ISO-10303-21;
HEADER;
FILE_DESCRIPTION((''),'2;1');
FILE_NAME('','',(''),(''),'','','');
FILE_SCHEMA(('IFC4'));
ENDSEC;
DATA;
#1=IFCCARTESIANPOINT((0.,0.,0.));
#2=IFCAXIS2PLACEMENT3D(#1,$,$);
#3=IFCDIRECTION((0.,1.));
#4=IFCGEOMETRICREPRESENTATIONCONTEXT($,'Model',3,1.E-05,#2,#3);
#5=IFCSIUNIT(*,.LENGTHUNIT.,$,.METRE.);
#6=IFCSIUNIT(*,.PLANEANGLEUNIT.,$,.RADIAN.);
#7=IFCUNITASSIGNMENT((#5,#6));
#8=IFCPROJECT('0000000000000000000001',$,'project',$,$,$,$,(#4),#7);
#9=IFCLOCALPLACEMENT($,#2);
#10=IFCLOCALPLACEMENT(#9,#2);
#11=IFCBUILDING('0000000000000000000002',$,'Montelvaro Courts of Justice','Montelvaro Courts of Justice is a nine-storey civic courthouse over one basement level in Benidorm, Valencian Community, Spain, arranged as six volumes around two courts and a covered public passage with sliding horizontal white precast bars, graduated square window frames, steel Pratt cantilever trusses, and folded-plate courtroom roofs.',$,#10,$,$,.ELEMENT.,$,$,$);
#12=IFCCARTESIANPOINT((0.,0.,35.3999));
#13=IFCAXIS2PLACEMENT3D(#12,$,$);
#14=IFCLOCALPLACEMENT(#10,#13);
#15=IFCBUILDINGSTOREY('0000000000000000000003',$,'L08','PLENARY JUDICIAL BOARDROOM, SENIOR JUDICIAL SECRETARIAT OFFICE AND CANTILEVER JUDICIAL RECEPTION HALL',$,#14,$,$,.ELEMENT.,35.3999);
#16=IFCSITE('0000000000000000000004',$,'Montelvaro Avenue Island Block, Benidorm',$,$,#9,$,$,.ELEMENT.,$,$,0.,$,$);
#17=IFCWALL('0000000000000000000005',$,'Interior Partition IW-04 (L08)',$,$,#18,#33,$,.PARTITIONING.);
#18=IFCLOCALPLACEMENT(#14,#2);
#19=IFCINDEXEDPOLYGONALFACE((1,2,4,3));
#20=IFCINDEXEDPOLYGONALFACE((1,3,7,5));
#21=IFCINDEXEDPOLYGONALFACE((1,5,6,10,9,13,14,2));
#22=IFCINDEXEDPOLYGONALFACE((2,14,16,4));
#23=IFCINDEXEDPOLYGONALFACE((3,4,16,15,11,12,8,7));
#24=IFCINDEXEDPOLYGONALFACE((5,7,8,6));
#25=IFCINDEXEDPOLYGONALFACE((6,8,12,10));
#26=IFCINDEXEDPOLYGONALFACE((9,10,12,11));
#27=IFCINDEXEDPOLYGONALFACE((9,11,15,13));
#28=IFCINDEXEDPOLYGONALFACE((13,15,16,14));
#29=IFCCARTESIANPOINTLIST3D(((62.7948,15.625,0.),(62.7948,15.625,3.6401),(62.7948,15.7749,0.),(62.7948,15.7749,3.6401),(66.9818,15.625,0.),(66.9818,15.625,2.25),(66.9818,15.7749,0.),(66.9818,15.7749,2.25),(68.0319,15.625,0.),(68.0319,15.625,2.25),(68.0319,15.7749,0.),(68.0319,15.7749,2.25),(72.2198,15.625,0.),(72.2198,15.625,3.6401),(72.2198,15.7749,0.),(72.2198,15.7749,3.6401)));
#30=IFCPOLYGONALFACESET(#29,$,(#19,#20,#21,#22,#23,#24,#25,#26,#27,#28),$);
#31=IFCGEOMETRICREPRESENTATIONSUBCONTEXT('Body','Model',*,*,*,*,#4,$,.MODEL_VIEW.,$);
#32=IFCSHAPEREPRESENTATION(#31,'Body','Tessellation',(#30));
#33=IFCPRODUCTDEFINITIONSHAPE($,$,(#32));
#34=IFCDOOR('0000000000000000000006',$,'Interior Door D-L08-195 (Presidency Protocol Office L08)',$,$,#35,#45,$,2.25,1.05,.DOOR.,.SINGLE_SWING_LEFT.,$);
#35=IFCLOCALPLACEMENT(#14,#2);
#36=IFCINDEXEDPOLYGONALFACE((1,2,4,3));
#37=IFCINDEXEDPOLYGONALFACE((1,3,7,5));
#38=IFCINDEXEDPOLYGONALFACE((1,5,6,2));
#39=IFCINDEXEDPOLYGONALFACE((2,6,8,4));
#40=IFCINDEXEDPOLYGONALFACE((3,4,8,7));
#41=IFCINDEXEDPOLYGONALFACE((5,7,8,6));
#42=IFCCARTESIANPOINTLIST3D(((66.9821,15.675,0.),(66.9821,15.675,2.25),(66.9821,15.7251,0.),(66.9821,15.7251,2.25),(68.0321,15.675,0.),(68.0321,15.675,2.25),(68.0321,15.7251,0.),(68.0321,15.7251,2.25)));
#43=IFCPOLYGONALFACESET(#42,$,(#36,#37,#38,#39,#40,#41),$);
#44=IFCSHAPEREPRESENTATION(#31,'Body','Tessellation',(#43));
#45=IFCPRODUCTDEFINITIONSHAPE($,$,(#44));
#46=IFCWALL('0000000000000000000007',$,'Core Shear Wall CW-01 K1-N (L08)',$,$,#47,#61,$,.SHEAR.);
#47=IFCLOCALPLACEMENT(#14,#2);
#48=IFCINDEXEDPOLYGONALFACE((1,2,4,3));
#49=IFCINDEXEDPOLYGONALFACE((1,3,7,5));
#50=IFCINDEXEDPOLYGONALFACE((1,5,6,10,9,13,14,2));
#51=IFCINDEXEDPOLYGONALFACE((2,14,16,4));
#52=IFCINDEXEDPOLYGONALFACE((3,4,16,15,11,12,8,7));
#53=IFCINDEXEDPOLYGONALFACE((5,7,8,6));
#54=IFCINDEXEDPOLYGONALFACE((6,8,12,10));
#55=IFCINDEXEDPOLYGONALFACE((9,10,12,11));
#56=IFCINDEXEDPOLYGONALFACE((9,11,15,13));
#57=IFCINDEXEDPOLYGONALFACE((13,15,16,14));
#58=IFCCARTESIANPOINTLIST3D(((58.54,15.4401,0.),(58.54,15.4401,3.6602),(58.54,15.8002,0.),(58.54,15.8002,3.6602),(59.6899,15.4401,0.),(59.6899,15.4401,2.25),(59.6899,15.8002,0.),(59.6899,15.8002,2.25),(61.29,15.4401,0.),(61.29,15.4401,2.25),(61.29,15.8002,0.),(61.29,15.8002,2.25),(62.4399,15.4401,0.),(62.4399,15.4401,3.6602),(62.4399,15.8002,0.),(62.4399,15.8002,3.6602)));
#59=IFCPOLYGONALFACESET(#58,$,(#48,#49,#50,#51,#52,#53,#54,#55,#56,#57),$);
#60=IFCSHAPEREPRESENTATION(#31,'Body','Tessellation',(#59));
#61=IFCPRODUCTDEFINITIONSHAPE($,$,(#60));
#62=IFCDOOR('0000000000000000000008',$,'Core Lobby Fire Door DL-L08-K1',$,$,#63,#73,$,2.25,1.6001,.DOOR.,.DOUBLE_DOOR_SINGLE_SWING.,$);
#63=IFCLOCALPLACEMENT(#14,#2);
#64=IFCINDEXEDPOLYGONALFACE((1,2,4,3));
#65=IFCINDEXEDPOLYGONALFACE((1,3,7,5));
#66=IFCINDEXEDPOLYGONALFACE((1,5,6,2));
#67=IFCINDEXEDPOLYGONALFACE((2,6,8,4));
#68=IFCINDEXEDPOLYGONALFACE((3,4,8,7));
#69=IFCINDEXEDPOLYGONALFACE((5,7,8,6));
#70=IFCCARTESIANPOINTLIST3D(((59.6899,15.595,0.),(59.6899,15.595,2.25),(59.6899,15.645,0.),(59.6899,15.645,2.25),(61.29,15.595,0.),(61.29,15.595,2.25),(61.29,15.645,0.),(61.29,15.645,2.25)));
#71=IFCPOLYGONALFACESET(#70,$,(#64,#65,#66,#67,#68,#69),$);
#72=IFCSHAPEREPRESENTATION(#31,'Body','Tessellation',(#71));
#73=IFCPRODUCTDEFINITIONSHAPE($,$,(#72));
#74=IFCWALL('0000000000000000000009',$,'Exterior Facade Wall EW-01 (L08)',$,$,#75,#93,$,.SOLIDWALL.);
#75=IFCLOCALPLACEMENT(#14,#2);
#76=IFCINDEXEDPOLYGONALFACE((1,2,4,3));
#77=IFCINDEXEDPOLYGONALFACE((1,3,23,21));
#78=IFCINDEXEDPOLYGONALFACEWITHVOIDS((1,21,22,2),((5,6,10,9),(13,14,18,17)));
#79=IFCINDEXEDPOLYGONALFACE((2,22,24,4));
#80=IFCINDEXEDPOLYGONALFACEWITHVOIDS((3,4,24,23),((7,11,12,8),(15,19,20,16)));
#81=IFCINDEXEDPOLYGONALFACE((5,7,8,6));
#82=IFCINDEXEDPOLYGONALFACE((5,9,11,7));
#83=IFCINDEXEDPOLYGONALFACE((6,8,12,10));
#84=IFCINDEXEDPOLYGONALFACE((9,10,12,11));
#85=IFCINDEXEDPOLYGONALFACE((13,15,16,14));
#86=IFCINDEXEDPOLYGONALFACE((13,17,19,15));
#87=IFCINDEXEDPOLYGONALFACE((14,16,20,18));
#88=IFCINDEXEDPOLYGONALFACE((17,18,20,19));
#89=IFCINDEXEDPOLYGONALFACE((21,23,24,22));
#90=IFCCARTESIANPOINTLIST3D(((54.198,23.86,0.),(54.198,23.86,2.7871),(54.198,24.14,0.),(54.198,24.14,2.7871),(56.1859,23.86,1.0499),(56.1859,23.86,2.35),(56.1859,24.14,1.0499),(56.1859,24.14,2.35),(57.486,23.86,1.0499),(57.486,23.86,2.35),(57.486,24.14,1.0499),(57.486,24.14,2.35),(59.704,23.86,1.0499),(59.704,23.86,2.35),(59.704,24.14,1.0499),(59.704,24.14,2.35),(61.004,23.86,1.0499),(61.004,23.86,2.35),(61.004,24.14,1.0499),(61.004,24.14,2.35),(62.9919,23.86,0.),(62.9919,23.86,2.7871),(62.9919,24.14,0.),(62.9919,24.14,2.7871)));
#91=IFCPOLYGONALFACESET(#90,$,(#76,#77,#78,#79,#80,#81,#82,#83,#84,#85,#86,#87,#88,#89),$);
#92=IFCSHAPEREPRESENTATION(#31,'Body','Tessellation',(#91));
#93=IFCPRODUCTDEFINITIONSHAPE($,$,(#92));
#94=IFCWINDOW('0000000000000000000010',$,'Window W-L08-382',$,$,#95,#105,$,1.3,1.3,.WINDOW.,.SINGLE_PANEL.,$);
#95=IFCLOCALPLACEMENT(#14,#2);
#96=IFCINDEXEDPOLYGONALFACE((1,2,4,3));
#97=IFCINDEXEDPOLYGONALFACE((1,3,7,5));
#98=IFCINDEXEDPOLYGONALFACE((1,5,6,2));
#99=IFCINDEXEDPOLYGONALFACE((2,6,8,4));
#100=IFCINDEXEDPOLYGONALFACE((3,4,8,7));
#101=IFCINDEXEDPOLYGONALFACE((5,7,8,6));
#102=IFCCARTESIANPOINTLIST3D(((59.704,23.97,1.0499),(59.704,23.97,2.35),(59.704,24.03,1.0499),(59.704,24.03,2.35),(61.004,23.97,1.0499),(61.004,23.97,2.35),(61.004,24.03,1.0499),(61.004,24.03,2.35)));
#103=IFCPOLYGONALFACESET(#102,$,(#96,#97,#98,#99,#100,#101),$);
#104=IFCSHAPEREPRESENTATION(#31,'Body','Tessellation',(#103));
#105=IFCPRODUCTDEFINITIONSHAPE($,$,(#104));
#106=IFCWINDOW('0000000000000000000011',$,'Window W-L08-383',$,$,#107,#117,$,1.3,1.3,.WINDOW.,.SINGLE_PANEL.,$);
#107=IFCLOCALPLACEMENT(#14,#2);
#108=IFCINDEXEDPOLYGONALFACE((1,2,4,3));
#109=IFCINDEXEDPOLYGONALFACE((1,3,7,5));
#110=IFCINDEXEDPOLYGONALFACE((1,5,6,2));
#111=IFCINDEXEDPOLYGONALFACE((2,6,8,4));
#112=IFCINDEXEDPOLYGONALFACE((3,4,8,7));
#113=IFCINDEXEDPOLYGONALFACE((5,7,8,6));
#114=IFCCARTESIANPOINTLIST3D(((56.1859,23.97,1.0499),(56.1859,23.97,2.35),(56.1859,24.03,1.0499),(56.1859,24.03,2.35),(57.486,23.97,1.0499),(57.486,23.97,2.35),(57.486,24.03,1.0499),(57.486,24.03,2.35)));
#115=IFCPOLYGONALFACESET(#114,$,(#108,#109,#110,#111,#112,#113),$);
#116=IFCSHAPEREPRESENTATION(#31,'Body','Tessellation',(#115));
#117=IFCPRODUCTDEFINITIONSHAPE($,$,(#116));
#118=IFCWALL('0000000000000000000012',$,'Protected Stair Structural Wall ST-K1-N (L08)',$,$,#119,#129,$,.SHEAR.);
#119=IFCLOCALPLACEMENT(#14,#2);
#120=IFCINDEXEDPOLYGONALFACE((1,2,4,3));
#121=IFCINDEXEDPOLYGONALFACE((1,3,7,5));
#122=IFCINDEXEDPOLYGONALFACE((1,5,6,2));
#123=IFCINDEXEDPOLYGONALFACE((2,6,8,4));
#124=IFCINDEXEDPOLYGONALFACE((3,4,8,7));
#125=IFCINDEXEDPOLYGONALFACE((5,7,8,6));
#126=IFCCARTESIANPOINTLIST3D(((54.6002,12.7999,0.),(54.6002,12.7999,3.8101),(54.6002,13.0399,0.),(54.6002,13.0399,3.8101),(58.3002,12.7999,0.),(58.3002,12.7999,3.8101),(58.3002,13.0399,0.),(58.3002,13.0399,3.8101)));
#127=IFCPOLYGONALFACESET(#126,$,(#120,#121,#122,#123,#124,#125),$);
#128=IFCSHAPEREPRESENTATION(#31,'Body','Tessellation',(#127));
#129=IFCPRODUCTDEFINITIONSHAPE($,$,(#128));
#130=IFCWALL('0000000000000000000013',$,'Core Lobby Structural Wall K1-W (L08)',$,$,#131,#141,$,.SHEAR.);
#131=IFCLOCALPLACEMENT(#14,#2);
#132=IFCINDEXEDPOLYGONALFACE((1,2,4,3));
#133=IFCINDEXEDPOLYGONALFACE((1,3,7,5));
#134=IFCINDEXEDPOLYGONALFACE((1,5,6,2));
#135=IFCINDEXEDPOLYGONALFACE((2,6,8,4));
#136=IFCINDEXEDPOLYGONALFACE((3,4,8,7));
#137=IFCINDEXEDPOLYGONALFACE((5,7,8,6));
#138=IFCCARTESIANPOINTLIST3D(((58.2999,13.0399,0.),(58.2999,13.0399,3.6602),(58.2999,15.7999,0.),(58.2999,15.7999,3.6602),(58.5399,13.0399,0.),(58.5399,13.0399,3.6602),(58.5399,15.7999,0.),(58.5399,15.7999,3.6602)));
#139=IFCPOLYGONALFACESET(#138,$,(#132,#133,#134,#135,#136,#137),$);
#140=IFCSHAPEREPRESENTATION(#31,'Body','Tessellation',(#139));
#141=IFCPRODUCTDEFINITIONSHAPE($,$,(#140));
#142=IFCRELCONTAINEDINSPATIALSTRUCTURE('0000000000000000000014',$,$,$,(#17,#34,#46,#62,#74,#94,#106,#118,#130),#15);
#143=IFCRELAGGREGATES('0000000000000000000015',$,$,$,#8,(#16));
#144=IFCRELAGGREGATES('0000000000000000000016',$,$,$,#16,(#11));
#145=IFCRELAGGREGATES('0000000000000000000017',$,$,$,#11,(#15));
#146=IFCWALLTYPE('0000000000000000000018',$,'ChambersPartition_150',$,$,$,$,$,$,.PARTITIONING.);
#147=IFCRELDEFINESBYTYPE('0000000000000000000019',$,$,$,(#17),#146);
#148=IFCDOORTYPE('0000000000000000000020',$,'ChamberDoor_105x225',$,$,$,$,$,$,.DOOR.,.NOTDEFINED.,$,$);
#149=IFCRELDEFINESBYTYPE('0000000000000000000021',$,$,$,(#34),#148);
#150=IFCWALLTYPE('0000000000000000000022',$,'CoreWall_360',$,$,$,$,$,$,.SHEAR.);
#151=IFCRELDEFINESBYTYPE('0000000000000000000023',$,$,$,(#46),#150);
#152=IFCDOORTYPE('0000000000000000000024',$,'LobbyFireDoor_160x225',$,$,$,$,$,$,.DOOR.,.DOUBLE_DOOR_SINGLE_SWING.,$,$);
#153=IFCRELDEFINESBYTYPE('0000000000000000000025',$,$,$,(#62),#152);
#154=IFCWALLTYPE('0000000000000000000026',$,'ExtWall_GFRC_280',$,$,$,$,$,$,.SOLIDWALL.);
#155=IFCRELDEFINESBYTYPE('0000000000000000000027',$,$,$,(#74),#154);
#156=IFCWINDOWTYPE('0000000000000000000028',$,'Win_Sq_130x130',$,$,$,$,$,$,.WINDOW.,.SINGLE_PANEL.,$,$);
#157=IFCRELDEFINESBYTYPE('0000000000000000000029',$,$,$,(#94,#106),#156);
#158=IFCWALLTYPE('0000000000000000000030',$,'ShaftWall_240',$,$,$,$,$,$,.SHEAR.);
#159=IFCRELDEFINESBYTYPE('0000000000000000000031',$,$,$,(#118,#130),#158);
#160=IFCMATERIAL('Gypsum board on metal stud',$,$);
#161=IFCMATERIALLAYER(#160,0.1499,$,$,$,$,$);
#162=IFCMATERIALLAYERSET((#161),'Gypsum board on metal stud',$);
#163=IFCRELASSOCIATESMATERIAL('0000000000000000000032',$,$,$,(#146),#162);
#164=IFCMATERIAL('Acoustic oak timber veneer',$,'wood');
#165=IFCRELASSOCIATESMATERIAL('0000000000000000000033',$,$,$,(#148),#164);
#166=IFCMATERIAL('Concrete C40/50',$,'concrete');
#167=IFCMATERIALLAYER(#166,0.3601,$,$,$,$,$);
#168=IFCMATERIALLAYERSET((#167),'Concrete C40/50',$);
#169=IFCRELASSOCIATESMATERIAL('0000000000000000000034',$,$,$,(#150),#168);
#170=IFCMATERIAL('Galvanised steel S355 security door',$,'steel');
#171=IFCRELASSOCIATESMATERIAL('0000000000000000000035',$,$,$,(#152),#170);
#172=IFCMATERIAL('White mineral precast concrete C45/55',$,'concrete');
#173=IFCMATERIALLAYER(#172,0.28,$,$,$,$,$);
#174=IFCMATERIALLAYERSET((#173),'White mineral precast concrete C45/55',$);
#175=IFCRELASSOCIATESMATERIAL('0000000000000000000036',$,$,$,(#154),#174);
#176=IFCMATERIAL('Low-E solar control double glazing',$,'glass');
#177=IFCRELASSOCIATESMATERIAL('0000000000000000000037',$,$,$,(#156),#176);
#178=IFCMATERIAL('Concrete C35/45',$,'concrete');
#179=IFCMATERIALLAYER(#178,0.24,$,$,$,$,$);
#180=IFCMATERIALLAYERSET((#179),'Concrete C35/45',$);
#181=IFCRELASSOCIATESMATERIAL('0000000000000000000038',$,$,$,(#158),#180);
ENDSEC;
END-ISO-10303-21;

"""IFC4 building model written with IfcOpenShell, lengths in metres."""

from ifc_helpers import new_model, si_unit, direction, frame, frame_2d, origin, place, context, subcontext, project, spatial, rectangle, extrude, material, layer, layer_set, type_object, element, fill, save


model = new_model("IFC4")

# Units and contexts
model_context = context("Model", 3, precision=1e-05, world=origin(), true_north=direction((0.0, 1.0)))
body_context = subcontext(model_context, "Body", "Model", "MODEL_VIEW")
ifc_project = project(units=[si_unit("LENGTHUNIT", "METRE"), si_unit("PLANEANGLEUNIT", "RADIAN")], contexts=[model_context])

# Site, building, storey
site_placement = place(None, origin())
site = spatial("IfcSite", under=ifc_project, at=site_placement, Name="Montelvaro Avenue Island Block, Benidorm", CompositionType="ELEMENT", RefElevation=0.0)
building_placement = place(site_placement, origin())
building = spatial("IfcBuilding", under=site, at=building_placement, Name="Montelvaro Courts of Justice", Description="Montelvaro Courts of Justice is a nine-storey civic courthouse over one basement level in Benidorm, Valencian Community, Spain, arranged as six volumes around two courts and a covered public passage with sliding horizontal white precast bars, graduated square window frames, steel Pratt cantilever trusses, and folded-plate courtroom roofs.", CompositionType="ELEMENT")
storey_placement = place(building_placement, frame((0.0, 0.0, 35.3999)))
storey = spatial("IfcBuildingStorey", under=building, at=storey_placement, Name="L08", Description="PLENARY JUDICIAL BOARDROOM, SENIOR JUDICIAL SECRETARIAT OFFICE AND CANTILEVER JUDICIAL RECEPTION HALL", CompositionType="ELEMENT", Elevation=35.3999)

# Shared definitions
ifc_material_1 = material(Name="White mineral precast concrete C45/55", Category="concrete")

# Shared definitions
ifc_material_2 = material(Name="Gypsum board on metal stud")
ifc_layer_1 = layer(ifc_material_2, 0.1499)
ifc_layer_set_1 = layer_set([ifc_layer_1], Name="Gypsum board on metal stud")
wall_type_1 = type_object("IfcWallType", Name="ChambersPartition_150", PredefinedType="PARTITIONING", material=ifc_layer_set_1)

# Walls, openings, doors
wall_1_placement = place(storey_placement, frame((62.7949, 15.7, 0.0), z_axis=(0.0, 0.0, 1.0), x_axis=(1.0, 0.0, 0.0)))
wall_1 = element("IfcWall", 1, at=wall_1_placement, inside=storey, type_object=wall_type_1, Name="Interior Partition IW-04 (L08)", PredefinedType="PARTITIONING", context=body_context, shape_type="SweptSolid", body=[
    extrude(rectangle(XDim=9.425, YDim=0.1499, at=frame_2d((4.7124, 0.0))), origin(), (0.0, 0.0, 1.0), 3.6401),
])
opening_1_placement = place(wall_1_placement, frame((4.187, 0.0, 0.0)))
opening_1 = element("IfcOpeningElement", 2, at=opening_1_placement, cuts=wall_1, PredefinedType="OPENING", context=body_context, shape_type="SweptSolid", body=[
    extrude(rectangle(XDim=1.05, YDim=2.25, at=frame_2d((0.5249, 1.125))), frame((0.0, 0.0898, 0.0), z_axis=(0.0, -1.0, 0.0), x_axis=(1.0, 0.0, 0.0)), (0.0, 0.0, 1.0), 0.1797),
])
ifc_material_3 = material(Name="Acoustic oak timber veneer", Category="wood")
door_type_1 = type_object("IfcDoorType", Name="ChamberDoor_105x225", OperationType="NOTDEFINED", PredefinedType="DOOR", material=ifc_material_3)
door_1_placement = place(opening_1_placement, frame((1.05, 0.0, 0.0), z_axis=(0.0, 0.0, 1.0), x_axis=(-1.0, 0.0, 0.0)))
door_1 = element("IfcDoor", 3, at=door_1_placement, inside=storey, type_object=door_type_1, Name="Interior Door D-L08-195 (Presidency Protocol Office L08)", OperationType="SINGLE_SWING_LEFT", OverallHeight=2.25, OverallWidth=1.05, PredefinedType="DOOR", context=body_context, shape_type="SweptSolid", body=[
    extrude(rectangle(XDim=1.05, YDim=2.25, at=frame_2d((0.5249, 1.125))), frame((0.0, 0.0249, 0.0), z_axis=(0.0, -1.0, 0.0), x_axis=(1.0, 0.0, 0.0)), (0.0, 0.0, 1.0), 0.05),
])
fill(opening_1, door_1)
ifc_material_4 = material(Name="Concrete C40/50", Category="concrete")
ifc_layer_2 = layer(ifc_material_4, 0.3601)
ifc_layer_set_2 = layer_set([ifc_layer_2], Name="Concrete C40/50")
wall_type_2 = type_object("IfcWallType", Name="CoreWall_360", PredefinedType="SHEAR", material=ifc_layer_set_2)
wall_2_placement = place(storey_placement, frame((58.54, 15.6201, 0.0), z_axis=(0.0, 0.0, 1.0), x_axis=(1.0, 0.0, 0.0)))
wall_2 = element("IfcWall", 4, at=wall_2_placement, inside=storey, type_object=wall_type_2, Name="Core Shear Wall CW-01 K1-N (L08)", PredefinedType="SHEAR", context=body_context, shape_type="SweptSolid", body=[
    extrude(rectangle(XDim=3.8999, YDim=0.3601, at=frame_2d((1.95, 0.0))), origin(), (0.0, 0.0, 1.0), 3.6602),
])
opening_2_placement = place(wall_2_placement, frame((1.1499, 0.0, 0.0)))
opening_2 = element("IfcOpeningElement", 5, at=opening_2_placement, cuts=wall_2, PredefinedType="OPENING", context=body_context, shape_type="SweptSolid", body=[
    extrude(rectangle(XDim=1.6001, YDim=2.25, at=frame_2d((0.8, 1.125))), frame((0.0, 0.1948, 0.0), z_axis=(0.0, -1.0, 0.0), x_axis=(1.0, 0.0, 0.0)), (0.0, 0.0, 1.0), 0.3899),
])
ifc_material_5 = material(Name="Galvanised steel S355 security door", Category="steel")
door_type_2 = type_object("IfcDoorType", Name="LobbyFireDoor_160x225", OperationType="DOUBLE_DOOR_SINGLE_SWING", PredefinedType="DOOR", material=ifc_material_5)
door_2_placement = place(opening_2_placement, origin())
door_2 = element("IfcDoor", 6, at=door_2_placement, inside=storey, type_object=door_type_2, Name="Core Lobby Fire Door DL-L08-K1", OperationType="DOUBLE_DOOR_SINGLE_SWING", OverallHeight=2.25, OverallWidth=1.6001, PredefinedType="DOOR", context=body_context, shape_type="SweptSolid", body=[
    extrude(rectangle(XDim=1.6001, YDim=2.25, at=frame_2d((0.8, 1.125))), frame((0.0, 0.0249, 0.0), z_axis=(0.0, -1.0, 0.0), x_axis=(1.0, 0.0, 0.0)), (0.0, 0.0, 1.0), 0.05),
])
fill(opening_2, door_2)

# Wall, openings, windows
ifc_layer_3 = layer(ifc_material_1, 0.28)
ifc_layer_set_3 = layer_set([ifc_layer_3], Name="White mineral precast concrete C45/55")
wall_type_3 = type_object("IfcWallType", Name="ExtWall_GFRC_280", PredefinedType="SOLIDWALL", material=ifc_layer_set_3)
wall_3_placement = place(storey_placement, frame((62.9919, 24.0, 0.0), z_axis=(0.0, 0.0, 1.0), x_axis=(-1.0, 0.0, 0.0)))
wall_3 = element("IfcWall", 7, at=wall_3_placement, inside=storey, type_object=wall_type_3, Name="Exterior Facade Wall EW-01 (L08)", PredefinedType="SOLIDWALL", context=body_context, shape_type="SweptSolid", body=[
    extrude(rectangle(XDim=8.7939, YDim=0.28, at=frame_2d((4.397, 0.0))), origin(), (0.0, 0.0, 1.0), 2.7871),
])
opening_3_placement = place(wall_3_placement, frame((1.988, 0.0, 1.05)))
opening_3 = element("IfcOpeningElement", 8, at=opening_3_placement, cuts=wall_3, PredefinedType="OPENING", context=body_context, shape_type="SweptSolid", body=[
    extrude(rectangle(XDim=1.3, YDim=1.3, at=frame_2d((0.6499, 0.6499))), frame((0.0, 0.1548, 0.0), z_axis=(0.0, -1.0, 0.0), x_axis=(1.0, 0.0, 0.0)), (0.0, 0.0, 1.0), 0.3098),
])
opening_4_placement = place(wall_3_placement, frame((5.5061, 0.0, 1.05)))
opening_4 = element("IfcOpeningElement", 9, at=opening_4_placement, cuts=wall_3, PredefinedType="OPENING", context=body_context, shape_type="SweptSolid", body=[
    extrude(rectangle(XDim=1.3, YDim=1.3, at=frame_2d((0.6499, 0.6499))), frame((0.0, 0.1548, 0.0), z_axis=(0.0, -1.0, 0.0), x_axis=(1.0, 0.0, 0.0)), (0.0, 0.0, 1.0), 0.3098),
])
ifc_material_6 = material(Name="Low-E solar control double glazing", Category="glass")
window_type = type_object("IfcWindowType", Name="Win_Sq_130x130", PartitioningType="SINGLE_PANEL", PredefinedType="WINDOW", material=ifc_material_6)
window_1_placement = place(opening_3_placement, origin())
window_1 = element("IfcWindow", 10, at=window_1_placement, inside=storey, type_object=window_type, Name="Window W-L08-382", OverallHeight=1.3, OverallWidth=1.3, PartitioningType="SINGLE_PANEL", PredefinedType="WINDOW", context=body_context, shape_type="SweptSolid", body=[
    extrude(rectangle(XDim=1.3, YDim=1.3, at=frame_2d((0.6499, 0.6499))), frame((0.0, 0.03, 0.0), z_axis=(0.0, -1.0, 0.0), x_axis=(1.0, 0.0, 0.0)), (0.0, 0.0, 1.0), 0.0601),
])
fill(opening_3, window_1)
window_2_placement = place(opening_4_placement, origin())
window_2 = element("IfcWindow", 11, at=window_2_placement, inside=storey, type_object=window_type, Name="Window W-L08-383", OverallHeight=1.3, OverallWidth=1.3, PartitioningType="SINGLE_PANEL", PredefinedType="WINDOW", context=body_context, shape_type="SweptSolid", body=[
    extrude(rectangle(XDim=1.3, YDim=1.3, at=frame_2d((0.6499, 0.6499))), frame((0.0, 0.03, 0.0), z_axis=(0.0, -1.0, 0.0), x_axis=(1.0, 0.0, 0.0)), (0.0, 0.0, 1.0), 0.0601),
])
fill(opening_4, window_2)

# Walls
ifc_material_7 = material(Name="Concrete C35/45", Category="concrete")
ifc_layer_4 = layer(ifc_material_7, 0.24)
ifc_layer_set_4 = layer_set([ifc_layer_4], Name="Concrete C35/45")
wall_type_4 = type_object("IfcWallType", Name="ShaftWall_240", PredefinedType="SHEAR", material=ifc_layer_set_4)
wall_4_placement = place(storey_placement, frame((54.6001, 12.9199, 0.0), z_axis=(0.0, 0.0, 1.0), x_axis=(1.0, 0.0, 0.0)))
element("IfcWall", 12, at=wall_4_placement, inside=storey, type_object=wall_type_4, Name="Protected Stair Structural Wall ST-K1-N (L08)", PredefinedType="SHEAR", context=body_context, shape_type="SweptSolid", body=[
    extrude(rectangle(XDim=3.7, YDim=0.24, at=frame_2d((1.8501, 0.0))), origin(), (0.0, 0.0, 1.0), 3.8101),
])
wall_5_placement = place(storey_placement, frame((58.4199, 13.04, 0.0), z_axis=(0.0, 0.0, 1.0), x_axis=(0.0, 1.0, 0.0)))
element("IfcWall", 13, at=wall_5_placement, inside=storey, type_object=wall_type_4, Name="Core Lobby Structural Wall K1-W (L08)", PredefinedType="SHEAR", context=body_context, shape_type="SweptSolid", body=[
    extrude(rectangle(XDim=2.76, YDim=0.24, at=frame_2d((1.3799, 0.0))), origin(), (0.0, 0.0, 1.0), 3.6602),
])

save(model, "model.ifc")
